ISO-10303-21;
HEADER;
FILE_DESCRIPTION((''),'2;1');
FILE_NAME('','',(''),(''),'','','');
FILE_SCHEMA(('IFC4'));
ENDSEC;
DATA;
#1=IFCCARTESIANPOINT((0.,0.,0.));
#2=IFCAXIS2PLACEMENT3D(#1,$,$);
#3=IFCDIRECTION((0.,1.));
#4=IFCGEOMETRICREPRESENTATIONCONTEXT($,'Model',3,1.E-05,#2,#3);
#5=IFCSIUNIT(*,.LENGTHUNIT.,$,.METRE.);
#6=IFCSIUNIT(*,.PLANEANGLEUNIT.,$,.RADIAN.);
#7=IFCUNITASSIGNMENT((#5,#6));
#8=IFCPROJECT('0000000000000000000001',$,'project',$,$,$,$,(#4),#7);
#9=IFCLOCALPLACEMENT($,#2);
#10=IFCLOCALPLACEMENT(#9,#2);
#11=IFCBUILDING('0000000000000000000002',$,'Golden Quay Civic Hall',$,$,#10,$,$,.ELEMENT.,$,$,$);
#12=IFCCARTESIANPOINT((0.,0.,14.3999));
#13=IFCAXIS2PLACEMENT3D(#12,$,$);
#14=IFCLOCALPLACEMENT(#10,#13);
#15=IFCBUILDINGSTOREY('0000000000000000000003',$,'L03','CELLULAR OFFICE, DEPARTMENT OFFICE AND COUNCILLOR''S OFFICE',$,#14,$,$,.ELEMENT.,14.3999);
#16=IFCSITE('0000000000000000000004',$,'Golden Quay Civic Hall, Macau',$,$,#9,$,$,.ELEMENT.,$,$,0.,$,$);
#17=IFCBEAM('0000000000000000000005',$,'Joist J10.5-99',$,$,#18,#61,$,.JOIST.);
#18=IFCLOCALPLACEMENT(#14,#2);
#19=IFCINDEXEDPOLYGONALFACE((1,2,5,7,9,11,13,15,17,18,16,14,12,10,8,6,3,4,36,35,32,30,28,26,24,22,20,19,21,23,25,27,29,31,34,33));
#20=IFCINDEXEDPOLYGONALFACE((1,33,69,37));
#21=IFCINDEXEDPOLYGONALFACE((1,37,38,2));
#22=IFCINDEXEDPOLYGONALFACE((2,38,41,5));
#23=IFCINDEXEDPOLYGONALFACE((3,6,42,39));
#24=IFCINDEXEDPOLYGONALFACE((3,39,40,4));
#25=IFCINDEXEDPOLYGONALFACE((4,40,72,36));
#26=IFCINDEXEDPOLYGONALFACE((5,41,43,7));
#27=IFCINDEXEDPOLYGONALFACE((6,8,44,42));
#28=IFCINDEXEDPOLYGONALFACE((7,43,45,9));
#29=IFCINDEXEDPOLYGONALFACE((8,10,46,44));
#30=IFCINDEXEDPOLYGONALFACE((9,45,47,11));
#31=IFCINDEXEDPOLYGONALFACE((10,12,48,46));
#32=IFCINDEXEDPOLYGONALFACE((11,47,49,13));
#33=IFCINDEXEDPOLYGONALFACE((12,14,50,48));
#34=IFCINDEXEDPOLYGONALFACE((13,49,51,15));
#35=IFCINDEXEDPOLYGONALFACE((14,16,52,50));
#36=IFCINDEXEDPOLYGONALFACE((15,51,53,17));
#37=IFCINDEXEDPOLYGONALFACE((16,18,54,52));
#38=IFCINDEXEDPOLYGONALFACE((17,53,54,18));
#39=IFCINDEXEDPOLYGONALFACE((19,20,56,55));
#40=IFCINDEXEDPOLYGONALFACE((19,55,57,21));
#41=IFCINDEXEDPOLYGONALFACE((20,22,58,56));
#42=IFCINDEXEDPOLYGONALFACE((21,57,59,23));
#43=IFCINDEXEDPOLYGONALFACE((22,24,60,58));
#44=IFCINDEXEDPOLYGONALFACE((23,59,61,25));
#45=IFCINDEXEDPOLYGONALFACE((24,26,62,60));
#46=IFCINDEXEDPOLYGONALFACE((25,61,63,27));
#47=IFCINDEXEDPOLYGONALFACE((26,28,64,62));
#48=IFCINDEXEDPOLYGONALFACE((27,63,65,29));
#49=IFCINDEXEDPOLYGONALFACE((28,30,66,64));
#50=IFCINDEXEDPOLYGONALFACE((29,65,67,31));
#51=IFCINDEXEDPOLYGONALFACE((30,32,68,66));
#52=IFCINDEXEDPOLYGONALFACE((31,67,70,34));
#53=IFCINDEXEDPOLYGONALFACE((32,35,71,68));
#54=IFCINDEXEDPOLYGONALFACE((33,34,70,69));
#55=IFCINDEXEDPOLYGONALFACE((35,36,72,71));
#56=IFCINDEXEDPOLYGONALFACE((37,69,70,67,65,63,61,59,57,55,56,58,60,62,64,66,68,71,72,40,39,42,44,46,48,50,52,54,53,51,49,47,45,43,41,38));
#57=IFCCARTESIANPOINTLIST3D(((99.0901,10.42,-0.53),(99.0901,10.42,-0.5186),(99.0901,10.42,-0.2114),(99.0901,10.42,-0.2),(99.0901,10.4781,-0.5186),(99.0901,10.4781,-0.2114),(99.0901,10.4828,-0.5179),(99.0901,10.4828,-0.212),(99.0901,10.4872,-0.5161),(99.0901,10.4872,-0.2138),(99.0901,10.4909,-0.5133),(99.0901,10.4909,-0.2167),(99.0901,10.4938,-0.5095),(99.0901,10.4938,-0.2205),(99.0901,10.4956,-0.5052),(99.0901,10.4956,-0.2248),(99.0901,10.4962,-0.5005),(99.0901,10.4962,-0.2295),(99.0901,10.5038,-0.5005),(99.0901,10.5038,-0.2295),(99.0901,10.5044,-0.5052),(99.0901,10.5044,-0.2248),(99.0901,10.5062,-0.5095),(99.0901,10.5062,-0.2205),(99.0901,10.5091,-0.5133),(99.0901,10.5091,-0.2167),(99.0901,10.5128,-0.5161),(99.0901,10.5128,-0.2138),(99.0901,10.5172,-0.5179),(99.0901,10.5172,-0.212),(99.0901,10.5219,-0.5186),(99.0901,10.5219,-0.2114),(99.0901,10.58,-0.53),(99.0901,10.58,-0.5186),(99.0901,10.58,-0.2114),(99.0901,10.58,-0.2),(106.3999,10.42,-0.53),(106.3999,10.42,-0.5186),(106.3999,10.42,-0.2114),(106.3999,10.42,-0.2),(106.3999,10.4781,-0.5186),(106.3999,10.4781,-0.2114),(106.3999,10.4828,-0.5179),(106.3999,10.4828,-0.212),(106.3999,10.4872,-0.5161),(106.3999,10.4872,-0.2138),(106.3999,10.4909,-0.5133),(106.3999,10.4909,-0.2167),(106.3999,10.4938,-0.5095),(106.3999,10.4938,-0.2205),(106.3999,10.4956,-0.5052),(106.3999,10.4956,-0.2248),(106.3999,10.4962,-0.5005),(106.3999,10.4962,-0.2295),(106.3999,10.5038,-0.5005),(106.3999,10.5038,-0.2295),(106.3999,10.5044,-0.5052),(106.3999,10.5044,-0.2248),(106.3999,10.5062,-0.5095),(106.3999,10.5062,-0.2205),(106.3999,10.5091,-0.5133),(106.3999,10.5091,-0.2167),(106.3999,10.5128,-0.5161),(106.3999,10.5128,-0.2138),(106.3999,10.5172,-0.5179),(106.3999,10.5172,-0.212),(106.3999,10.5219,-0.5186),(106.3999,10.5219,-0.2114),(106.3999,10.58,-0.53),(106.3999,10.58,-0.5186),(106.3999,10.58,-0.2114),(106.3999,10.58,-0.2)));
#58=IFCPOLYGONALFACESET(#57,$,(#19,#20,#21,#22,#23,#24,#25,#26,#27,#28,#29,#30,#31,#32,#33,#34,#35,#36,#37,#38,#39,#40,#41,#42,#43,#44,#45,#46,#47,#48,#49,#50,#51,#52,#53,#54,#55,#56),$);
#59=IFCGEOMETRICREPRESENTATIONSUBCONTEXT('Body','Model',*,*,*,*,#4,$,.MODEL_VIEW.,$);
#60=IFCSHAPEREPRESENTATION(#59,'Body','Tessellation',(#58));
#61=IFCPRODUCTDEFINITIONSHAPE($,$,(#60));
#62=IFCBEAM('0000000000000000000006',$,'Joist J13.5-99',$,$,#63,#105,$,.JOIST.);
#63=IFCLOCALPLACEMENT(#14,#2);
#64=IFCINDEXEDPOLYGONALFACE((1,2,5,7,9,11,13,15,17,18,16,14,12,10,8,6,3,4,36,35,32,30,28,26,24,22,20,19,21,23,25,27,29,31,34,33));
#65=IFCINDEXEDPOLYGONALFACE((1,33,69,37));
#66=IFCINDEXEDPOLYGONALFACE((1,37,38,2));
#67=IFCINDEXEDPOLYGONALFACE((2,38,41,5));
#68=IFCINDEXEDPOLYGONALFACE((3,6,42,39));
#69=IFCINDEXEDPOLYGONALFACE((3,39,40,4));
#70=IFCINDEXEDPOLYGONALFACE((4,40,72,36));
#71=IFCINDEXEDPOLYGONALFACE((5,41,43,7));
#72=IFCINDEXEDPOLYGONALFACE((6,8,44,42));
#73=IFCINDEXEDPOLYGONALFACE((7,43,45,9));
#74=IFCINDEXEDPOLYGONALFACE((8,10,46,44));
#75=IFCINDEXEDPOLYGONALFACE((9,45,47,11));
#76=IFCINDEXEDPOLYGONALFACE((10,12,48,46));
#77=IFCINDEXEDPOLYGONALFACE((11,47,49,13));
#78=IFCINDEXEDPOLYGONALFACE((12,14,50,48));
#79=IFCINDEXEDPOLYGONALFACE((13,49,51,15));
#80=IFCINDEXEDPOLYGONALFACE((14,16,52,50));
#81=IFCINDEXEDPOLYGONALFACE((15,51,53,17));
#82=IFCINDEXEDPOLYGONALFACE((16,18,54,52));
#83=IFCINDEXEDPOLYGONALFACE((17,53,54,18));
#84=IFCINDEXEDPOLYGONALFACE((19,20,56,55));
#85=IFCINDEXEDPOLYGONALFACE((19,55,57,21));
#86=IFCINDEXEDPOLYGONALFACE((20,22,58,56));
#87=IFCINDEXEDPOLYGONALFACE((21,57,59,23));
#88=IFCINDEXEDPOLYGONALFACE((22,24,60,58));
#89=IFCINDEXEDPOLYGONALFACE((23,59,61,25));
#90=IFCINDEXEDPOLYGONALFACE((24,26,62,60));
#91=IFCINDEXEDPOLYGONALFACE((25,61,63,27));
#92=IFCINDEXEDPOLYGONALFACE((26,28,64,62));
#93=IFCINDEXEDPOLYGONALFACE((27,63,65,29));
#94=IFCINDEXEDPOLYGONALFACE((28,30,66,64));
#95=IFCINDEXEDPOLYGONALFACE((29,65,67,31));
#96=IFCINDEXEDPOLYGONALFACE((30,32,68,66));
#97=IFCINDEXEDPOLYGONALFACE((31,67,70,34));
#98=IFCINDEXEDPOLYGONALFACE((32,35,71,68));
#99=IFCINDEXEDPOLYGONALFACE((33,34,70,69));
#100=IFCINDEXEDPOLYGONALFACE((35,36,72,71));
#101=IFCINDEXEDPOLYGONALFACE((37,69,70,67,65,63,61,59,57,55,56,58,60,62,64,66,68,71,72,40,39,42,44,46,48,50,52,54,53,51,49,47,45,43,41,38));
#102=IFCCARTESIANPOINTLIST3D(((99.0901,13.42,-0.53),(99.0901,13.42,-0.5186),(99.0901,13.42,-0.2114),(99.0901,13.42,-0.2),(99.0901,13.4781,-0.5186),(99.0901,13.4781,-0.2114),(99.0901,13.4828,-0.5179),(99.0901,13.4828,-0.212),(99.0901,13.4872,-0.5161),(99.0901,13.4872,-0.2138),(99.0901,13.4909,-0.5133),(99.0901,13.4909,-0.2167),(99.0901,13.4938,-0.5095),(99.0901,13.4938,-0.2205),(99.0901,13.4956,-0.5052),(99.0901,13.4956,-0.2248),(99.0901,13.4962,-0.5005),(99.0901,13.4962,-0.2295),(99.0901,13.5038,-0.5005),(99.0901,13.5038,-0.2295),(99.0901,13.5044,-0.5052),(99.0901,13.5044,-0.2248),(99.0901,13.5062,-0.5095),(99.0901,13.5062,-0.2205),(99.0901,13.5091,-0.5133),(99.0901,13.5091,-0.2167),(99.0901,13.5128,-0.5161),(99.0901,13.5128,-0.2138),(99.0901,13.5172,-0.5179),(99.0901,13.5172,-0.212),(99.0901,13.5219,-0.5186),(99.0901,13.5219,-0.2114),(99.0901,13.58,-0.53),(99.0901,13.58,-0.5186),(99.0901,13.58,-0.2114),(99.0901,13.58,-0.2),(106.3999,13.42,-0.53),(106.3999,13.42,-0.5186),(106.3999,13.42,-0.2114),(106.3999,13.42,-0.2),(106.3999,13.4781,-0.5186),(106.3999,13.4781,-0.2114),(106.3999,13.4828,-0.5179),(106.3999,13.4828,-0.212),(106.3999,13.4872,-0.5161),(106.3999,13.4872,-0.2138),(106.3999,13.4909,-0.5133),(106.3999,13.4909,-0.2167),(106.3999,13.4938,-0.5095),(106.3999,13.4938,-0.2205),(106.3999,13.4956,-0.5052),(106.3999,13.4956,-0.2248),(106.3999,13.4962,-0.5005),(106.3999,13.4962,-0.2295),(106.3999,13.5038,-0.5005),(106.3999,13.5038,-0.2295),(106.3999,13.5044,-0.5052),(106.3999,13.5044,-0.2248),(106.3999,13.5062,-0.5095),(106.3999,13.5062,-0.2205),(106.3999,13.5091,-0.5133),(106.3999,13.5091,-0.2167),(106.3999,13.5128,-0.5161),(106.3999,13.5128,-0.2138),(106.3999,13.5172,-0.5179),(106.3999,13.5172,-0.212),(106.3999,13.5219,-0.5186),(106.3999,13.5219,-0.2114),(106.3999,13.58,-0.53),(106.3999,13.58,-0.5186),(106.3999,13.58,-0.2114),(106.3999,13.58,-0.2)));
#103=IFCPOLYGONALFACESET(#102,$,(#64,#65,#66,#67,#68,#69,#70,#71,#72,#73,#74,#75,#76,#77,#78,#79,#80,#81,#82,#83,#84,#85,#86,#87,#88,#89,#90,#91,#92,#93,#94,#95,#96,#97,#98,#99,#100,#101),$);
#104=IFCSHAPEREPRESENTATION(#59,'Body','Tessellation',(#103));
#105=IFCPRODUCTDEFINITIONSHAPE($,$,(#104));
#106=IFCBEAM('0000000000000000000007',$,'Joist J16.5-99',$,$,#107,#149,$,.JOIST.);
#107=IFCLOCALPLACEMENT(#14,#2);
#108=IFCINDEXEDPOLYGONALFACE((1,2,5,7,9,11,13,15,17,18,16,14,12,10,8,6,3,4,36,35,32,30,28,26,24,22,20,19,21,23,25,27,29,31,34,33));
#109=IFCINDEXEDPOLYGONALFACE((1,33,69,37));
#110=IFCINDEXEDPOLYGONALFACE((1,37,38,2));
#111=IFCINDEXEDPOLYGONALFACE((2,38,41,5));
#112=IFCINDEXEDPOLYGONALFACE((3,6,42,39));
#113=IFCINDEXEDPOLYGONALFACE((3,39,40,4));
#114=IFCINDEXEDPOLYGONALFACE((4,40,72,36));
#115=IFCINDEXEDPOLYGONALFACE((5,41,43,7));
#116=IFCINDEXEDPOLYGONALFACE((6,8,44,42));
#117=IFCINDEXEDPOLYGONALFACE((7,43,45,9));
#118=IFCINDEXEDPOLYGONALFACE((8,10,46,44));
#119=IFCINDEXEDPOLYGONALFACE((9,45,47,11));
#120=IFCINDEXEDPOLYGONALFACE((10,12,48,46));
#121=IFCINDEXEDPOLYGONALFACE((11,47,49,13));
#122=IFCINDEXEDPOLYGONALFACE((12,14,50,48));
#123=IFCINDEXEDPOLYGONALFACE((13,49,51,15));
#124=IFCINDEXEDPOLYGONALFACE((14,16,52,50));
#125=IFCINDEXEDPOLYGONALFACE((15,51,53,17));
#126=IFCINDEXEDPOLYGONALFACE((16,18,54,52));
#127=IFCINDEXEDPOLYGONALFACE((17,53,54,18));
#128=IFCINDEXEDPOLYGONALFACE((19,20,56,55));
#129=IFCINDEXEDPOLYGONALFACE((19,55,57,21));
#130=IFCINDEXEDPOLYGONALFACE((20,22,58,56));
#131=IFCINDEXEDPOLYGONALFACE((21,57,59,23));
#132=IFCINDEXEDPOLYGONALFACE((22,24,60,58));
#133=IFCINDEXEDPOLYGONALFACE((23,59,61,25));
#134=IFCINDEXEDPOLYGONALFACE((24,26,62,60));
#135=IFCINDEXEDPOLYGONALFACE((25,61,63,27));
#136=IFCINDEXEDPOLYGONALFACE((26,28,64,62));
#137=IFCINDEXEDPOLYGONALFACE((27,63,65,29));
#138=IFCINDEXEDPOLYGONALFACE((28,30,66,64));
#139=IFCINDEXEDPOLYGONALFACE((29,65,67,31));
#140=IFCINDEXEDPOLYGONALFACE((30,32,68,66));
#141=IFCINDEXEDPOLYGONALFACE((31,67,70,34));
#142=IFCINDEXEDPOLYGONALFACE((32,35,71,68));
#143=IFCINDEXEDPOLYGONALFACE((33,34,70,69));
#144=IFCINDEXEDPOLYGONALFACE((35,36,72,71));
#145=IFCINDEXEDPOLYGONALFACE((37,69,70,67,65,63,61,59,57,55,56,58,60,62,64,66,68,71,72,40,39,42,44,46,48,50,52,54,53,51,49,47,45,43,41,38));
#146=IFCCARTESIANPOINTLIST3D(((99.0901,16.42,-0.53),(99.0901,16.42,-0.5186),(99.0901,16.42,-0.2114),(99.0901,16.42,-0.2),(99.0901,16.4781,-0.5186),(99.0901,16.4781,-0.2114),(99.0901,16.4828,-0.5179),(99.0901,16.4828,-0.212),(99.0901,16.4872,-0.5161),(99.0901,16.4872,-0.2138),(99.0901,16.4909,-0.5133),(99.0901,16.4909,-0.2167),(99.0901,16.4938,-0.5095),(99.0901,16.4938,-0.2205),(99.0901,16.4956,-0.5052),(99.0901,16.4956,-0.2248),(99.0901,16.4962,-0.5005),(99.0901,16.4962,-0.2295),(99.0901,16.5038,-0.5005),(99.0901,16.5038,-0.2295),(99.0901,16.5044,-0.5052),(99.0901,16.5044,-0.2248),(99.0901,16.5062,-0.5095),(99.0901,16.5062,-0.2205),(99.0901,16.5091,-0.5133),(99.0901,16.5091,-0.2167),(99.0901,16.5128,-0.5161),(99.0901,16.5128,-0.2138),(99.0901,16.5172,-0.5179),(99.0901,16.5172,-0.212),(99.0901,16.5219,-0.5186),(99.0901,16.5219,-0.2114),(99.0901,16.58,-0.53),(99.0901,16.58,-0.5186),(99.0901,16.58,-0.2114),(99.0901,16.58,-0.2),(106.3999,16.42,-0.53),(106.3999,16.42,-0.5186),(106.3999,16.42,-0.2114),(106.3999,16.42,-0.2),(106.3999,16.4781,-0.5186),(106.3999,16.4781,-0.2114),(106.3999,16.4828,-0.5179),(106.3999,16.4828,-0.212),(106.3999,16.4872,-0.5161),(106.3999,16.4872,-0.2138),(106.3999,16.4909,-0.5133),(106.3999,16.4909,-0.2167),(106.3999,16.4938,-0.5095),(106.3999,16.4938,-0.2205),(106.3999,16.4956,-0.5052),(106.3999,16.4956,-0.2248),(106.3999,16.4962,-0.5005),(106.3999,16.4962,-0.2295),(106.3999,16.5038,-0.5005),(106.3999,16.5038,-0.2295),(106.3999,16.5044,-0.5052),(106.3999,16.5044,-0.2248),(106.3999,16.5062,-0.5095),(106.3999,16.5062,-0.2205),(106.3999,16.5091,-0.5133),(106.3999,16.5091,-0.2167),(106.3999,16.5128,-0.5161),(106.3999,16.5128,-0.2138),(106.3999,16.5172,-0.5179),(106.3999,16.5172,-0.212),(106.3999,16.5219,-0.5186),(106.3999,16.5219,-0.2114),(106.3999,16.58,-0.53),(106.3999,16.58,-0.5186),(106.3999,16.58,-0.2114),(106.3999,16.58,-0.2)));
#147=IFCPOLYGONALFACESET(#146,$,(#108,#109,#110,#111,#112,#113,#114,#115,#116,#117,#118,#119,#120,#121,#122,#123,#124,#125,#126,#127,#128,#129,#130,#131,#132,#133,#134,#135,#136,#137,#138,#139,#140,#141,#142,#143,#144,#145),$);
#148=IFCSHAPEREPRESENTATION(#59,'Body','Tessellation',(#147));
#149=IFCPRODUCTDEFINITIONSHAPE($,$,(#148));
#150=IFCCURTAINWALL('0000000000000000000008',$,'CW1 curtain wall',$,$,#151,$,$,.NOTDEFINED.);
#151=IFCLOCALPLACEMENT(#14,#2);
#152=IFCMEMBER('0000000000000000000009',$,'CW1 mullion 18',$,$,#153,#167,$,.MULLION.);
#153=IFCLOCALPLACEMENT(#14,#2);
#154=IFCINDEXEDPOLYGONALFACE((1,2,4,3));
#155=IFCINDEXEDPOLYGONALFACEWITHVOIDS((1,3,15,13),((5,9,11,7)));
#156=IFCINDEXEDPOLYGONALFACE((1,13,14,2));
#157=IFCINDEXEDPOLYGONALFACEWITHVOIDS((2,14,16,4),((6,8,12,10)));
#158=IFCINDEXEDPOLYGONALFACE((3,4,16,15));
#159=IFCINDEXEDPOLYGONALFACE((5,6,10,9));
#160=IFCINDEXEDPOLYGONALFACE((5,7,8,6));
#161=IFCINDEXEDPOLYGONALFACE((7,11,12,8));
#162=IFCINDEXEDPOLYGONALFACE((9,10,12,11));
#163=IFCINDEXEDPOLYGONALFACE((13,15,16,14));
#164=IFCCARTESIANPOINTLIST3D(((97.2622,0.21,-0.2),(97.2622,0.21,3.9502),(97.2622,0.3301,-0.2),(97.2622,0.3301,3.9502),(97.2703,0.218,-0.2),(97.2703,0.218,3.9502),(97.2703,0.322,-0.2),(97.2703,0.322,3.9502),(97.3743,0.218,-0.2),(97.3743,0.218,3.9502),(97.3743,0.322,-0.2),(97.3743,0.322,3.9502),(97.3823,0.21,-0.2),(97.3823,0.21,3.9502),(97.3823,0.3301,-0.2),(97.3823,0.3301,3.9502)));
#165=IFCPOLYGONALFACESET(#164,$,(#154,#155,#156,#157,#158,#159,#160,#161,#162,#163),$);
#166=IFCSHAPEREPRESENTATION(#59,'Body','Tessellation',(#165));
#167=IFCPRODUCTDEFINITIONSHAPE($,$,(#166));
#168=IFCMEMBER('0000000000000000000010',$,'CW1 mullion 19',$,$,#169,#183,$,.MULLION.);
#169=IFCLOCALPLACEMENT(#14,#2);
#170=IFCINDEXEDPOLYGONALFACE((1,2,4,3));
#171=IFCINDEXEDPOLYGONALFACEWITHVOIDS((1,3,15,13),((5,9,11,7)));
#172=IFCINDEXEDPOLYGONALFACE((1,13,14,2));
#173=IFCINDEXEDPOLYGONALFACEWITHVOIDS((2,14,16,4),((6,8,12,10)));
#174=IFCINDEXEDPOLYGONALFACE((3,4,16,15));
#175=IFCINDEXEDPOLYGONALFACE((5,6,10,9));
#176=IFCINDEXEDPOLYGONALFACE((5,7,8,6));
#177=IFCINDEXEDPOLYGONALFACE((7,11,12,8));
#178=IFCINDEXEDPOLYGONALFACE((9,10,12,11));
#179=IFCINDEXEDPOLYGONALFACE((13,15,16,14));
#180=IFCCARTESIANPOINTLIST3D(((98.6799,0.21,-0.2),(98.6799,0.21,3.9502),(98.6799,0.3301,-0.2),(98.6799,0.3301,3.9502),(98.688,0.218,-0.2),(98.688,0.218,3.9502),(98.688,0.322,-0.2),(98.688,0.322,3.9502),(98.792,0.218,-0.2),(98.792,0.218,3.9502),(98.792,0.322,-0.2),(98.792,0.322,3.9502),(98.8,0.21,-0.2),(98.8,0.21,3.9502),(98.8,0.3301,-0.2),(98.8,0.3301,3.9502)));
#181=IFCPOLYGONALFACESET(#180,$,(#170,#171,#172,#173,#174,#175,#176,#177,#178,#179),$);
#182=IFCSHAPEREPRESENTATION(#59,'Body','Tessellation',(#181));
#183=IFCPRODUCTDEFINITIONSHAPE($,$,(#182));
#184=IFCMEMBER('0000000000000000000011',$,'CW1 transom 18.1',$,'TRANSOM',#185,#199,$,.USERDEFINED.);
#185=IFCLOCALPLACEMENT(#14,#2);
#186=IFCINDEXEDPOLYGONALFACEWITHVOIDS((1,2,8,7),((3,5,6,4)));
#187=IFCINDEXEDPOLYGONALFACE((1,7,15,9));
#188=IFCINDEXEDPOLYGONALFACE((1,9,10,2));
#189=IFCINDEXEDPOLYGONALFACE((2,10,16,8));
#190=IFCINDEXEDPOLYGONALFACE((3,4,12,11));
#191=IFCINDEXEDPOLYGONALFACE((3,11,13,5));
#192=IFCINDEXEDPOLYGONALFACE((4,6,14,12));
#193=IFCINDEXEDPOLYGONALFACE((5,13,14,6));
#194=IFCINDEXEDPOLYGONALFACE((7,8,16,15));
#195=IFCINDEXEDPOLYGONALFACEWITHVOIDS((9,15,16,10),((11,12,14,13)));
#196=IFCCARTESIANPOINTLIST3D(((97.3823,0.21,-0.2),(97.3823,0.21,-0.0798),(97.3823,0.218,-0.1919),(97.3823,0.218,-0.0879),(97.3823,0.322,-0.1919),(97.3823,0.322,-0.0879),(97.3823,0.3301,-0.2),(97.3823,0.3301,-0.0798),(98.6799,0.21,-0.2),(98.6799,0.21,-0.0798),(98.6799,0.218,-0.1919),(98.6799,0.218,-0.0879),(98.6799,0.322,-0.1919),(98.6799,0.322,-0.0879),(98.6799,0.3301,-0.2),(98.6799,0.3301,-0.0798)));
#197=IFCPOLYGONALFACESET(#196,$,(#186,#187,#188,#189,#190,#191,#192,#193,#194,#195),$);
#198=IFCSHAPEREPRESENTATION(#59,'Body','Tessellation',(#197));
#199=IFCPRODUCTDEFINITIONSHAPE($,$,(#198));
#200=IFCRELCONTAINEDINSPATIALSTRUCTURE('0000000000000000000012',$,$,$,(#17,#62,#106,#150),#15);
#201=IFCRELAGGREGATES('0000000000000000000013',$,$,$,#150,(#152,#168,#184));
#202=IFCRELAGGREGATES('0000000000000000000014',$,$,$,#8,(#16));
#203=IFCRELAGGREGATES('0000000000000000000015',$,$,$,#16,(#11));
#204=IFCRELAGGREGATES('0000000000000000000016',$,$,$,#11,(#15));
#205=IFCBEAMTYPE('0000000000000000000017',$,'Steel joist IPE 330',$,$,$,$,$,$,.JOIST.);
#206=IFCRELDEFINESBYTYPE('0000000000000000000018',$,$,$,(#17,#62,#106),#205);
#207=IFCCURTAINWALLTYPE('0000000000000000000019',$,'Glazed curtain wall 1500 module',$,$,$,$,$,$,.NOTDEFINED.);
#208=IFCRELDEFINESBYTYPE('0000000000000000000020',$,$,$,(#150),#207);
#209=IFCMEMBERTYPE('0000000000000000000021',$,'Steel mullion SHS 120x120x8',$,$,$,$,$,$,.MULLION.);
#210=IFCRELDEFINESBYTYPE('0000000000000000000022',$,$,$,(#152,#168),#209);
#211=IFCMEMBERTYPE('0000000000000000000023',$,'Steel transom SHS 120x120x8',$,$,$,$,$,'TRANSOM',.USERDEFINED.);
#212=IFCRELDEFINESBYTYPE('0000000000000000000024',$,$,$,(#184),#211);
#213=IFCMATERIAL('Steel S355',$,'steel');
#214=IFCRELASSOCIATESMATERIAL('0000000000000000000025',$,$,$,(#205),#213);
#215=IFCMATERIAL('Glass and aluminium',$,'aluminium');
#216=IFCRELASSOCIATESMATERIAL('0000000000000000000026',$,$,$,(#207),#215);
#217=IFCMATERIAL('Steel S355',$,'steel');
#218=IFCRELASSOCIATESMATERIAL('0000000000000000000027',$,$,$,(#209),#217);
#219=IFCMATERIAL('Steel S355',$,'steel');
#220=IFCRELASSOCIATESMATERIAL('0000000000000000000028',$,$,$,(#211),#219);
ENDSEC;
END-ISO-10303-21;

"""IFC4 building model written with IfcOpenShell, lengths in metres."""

from ifc_helpers import new_model, si_unit, direction, frame, origin, origin_2d, place, context, subcontext, project, spatial, hollow_rectangle, i_section, extrude, material, material_profile, profile_set, type_object, element, aggregate, save


model = new_model("IFC4")

# Units and contexts
model_context = context("Model", 3, precision=1e-05, world=origin(), true_north=direction((0.0, 1.0)))
body_context = subcontext(model_context, "Body", "Model", "MODEL_VIEW")
ifc_project = project(units=[si_unit("LENGTHUNIT", "METRE"), si_unit("PLANEANGLEUNIT", "RADIAN")], contexts=[model_context])

# Site, building, storey
site_placement = place(None, origin())
site = spatial("IfcSite", under=ifc_project, at=site_placement, Name="Golden Quay Civic Hall, Macau", CompositionType="ELEMENT", RefElevation=0.0)
building_placement = place(site_placement, origin())
building = spatial("IfcBuilding", under=site, at=building_placement, Name="Golden Quay Civic Hall", CompositionType="ELEMENT")
storey_placement = place(building_placement, frame((0.0, 0.0, 14.3999)))
storey = spatial("IfcBuildingStorey", under=building, at=storey_placement, Name="L03", Description="CELLULAR OFFICE, DEPARTMENT OFFICE AND COUNCILLOR'S OFFICE", CompositionType="ELEMENT", Elevation=14.3999)

# Beams
ifc_material_1 = material(Name="Steel S355", Category="steel")
ifc_material_profile_1 = material_profile(ifc_material_1, i_section(OverallWidth=0.1599, OverallDepth=0.3301, WebThickness=0.0076, FlangeThickness=0.0115, FilletRadius=0.0181, at=origin_2d()), Name="IPE 330")
ifc_profile_set_1 = profile_set([ifc_material_profile_1], Name="Steel S355")
beam_type_1 = type_object("IfcBeamType", Name="Steel joist IPE 330", PredefinedType="JOIST", material=ifc_profile_set_1)
for number, where, z_axis, x_axis, name in (
    (1, (99.0901, 10.5, -0.365), (1.0, 0.0, 0.0), (0.0, 1.0, 0.0), "Joist J10.5-99"),
    (2, (99.0901, 13.5, -0.365), (1.0, 0.0, 0.0), (0.0, 1.0, 0.0), "Joist J13.5-99"),
    (3, (99.0901, 16.5, -0.365), (1.0, 0.0, 0.0), (0.0, 1.0, 0.0), "Joist J16.5-99"),
):
    element("IfcBeam", number, at=place(storey_placement, frame(where, z_axis=z_axis, x_axis=x_axis)), inside=storey, type_object=beam_type_1, Name=name, PredefinedType="JOIST", context=body_context, shape_type="SweptSolid", body=[
        extrude(i_section(OverallWidth=0.1599, OverallDepth=0.3301, WebThickness=0.0076, FlangeThickness=0.0115, FilletRadius=0.0181, at=origin_2d()), origin(), (0.0, 0.0, 1.0), 7.3098),
    ])

# Curtain wall, members
ifc_material_2 = material(Name="Glass and aluminium", Category="aluminium")
curtain_wall_type = type_object("IfcCurtainWallType", Name="Glazed curtain wall 1500 module", PredefinedType="NOTDEFINED", material=ifc_material_2)
curtain_wall_placement = place(storey_placement, origin())
curtain_wall = element("IfcCurtainWall", 4, at=curtain_wall_placement, inside=storey, type_object=curtain_wall_type, Name="CW1 curtain wall", PredefinedType="NOTDEFINED")
ifc_material_3 = material(Name="Steel S355", Category="steel")
ifc_material_profile_2 = material_profile(ifc_material_3, hollow_rectangle(XDim=0.1201, YDim=0.1201, WallThickness=0.0081, at=origin_2d()), Name="SHS 120x120x8")
ifc_profile_set_2 = profile_set([ifc_material_profile_2], Name="Steel S355")
member_type_1 = type_object("IfcMemberType", Name="Steel mullion SHS 120x120x8", PredefinedType="MULLION", material=ifc_profile_set_2)
member_1_placement = place(storey_placement, frame((97.3223, 0.27, -0.2), z_axis=(0.0, 0.0, 1.0), x_axis=(0.0, 1.0, 0.0)))
member_1 = element("IfcMember", 5, at=member_1_placement, type_object=member_type_1, Name="CW1 mullion 18", PredefinedType="MULLION", context=body_context, shape_type="SweptSolid", body=[
    extrude(hollow_rectangle(XDim=0.1201, YDim=0.1201, WallThickness=0.0081, at=origin_2d()), origin(), (0.0, 0.0, 1.0), 4.1501),
])
member_2_placement = place(storey_placement, frame((98.74, 0.27, -0.2), z_axis=(0.0, 0.0, 1.0), x_axis=(0.0, 1.0, 0.0)))
member_2 = element("IfcMember", 6, at=member_2_placement, type_object=member_type_1, Name="CW1 mullion 19", PredefinedType="MULLION", context=body_context, shape_type="SweptSolid", body=[
    extrude(hollow_rectangle(XDim=0.1201, YDim=0.1201, WallThickness=0.0081, at=origin_2d()), origin(), (0.0, 0.0, 1.0), 4.1501),
])
ifc_material_4 = material(Name="Steel S355", Category="steel")
ifc_material_profile_3 = material_profile(ifc_material_4, hollow_rectangle(XDim=0.1201, YDim=0.1201, WallThickness=0.0081, at=origin_2d()), Name="SHS 120x120x8")
ifc_profile_set_3 = profile_set([ifc_material_profile_3], Name="Steel S355")
member_type_2 = type_object("IfcMemberType", Name="Steel transom SHS 120x120x8", ElementType="TRANSOM", PredefinedType="USERDEFINED", material=ifc_profile_set_3)
member_3_placement = place(storey_placement, frame((97.3823, 0.27, -0.1399), z_axis=(1.0, 0.0, 0.0), x_axis=(0.0, 1.0, 0.0)))
member_3 = element("IfcMember", 7, at=member_3_placement, type_object=member_type_2, Name="CW1 transom 18.1", ObjectType="TRANSOM", PredefinedType="USERDEFINED", context=body_context, shape_type="SweptSolid", body=[
    extrude(hollow_rectangle(XDim=0.1201, YDim=0.1201, WallThickness=0.0081, at=origin_2d()), origin(), (0.0, 0.0, 1.0), 1.2976),
])
aggregate(curtain_wall, [member_1, member_2, member_3])

save(model, "model.ifc")
